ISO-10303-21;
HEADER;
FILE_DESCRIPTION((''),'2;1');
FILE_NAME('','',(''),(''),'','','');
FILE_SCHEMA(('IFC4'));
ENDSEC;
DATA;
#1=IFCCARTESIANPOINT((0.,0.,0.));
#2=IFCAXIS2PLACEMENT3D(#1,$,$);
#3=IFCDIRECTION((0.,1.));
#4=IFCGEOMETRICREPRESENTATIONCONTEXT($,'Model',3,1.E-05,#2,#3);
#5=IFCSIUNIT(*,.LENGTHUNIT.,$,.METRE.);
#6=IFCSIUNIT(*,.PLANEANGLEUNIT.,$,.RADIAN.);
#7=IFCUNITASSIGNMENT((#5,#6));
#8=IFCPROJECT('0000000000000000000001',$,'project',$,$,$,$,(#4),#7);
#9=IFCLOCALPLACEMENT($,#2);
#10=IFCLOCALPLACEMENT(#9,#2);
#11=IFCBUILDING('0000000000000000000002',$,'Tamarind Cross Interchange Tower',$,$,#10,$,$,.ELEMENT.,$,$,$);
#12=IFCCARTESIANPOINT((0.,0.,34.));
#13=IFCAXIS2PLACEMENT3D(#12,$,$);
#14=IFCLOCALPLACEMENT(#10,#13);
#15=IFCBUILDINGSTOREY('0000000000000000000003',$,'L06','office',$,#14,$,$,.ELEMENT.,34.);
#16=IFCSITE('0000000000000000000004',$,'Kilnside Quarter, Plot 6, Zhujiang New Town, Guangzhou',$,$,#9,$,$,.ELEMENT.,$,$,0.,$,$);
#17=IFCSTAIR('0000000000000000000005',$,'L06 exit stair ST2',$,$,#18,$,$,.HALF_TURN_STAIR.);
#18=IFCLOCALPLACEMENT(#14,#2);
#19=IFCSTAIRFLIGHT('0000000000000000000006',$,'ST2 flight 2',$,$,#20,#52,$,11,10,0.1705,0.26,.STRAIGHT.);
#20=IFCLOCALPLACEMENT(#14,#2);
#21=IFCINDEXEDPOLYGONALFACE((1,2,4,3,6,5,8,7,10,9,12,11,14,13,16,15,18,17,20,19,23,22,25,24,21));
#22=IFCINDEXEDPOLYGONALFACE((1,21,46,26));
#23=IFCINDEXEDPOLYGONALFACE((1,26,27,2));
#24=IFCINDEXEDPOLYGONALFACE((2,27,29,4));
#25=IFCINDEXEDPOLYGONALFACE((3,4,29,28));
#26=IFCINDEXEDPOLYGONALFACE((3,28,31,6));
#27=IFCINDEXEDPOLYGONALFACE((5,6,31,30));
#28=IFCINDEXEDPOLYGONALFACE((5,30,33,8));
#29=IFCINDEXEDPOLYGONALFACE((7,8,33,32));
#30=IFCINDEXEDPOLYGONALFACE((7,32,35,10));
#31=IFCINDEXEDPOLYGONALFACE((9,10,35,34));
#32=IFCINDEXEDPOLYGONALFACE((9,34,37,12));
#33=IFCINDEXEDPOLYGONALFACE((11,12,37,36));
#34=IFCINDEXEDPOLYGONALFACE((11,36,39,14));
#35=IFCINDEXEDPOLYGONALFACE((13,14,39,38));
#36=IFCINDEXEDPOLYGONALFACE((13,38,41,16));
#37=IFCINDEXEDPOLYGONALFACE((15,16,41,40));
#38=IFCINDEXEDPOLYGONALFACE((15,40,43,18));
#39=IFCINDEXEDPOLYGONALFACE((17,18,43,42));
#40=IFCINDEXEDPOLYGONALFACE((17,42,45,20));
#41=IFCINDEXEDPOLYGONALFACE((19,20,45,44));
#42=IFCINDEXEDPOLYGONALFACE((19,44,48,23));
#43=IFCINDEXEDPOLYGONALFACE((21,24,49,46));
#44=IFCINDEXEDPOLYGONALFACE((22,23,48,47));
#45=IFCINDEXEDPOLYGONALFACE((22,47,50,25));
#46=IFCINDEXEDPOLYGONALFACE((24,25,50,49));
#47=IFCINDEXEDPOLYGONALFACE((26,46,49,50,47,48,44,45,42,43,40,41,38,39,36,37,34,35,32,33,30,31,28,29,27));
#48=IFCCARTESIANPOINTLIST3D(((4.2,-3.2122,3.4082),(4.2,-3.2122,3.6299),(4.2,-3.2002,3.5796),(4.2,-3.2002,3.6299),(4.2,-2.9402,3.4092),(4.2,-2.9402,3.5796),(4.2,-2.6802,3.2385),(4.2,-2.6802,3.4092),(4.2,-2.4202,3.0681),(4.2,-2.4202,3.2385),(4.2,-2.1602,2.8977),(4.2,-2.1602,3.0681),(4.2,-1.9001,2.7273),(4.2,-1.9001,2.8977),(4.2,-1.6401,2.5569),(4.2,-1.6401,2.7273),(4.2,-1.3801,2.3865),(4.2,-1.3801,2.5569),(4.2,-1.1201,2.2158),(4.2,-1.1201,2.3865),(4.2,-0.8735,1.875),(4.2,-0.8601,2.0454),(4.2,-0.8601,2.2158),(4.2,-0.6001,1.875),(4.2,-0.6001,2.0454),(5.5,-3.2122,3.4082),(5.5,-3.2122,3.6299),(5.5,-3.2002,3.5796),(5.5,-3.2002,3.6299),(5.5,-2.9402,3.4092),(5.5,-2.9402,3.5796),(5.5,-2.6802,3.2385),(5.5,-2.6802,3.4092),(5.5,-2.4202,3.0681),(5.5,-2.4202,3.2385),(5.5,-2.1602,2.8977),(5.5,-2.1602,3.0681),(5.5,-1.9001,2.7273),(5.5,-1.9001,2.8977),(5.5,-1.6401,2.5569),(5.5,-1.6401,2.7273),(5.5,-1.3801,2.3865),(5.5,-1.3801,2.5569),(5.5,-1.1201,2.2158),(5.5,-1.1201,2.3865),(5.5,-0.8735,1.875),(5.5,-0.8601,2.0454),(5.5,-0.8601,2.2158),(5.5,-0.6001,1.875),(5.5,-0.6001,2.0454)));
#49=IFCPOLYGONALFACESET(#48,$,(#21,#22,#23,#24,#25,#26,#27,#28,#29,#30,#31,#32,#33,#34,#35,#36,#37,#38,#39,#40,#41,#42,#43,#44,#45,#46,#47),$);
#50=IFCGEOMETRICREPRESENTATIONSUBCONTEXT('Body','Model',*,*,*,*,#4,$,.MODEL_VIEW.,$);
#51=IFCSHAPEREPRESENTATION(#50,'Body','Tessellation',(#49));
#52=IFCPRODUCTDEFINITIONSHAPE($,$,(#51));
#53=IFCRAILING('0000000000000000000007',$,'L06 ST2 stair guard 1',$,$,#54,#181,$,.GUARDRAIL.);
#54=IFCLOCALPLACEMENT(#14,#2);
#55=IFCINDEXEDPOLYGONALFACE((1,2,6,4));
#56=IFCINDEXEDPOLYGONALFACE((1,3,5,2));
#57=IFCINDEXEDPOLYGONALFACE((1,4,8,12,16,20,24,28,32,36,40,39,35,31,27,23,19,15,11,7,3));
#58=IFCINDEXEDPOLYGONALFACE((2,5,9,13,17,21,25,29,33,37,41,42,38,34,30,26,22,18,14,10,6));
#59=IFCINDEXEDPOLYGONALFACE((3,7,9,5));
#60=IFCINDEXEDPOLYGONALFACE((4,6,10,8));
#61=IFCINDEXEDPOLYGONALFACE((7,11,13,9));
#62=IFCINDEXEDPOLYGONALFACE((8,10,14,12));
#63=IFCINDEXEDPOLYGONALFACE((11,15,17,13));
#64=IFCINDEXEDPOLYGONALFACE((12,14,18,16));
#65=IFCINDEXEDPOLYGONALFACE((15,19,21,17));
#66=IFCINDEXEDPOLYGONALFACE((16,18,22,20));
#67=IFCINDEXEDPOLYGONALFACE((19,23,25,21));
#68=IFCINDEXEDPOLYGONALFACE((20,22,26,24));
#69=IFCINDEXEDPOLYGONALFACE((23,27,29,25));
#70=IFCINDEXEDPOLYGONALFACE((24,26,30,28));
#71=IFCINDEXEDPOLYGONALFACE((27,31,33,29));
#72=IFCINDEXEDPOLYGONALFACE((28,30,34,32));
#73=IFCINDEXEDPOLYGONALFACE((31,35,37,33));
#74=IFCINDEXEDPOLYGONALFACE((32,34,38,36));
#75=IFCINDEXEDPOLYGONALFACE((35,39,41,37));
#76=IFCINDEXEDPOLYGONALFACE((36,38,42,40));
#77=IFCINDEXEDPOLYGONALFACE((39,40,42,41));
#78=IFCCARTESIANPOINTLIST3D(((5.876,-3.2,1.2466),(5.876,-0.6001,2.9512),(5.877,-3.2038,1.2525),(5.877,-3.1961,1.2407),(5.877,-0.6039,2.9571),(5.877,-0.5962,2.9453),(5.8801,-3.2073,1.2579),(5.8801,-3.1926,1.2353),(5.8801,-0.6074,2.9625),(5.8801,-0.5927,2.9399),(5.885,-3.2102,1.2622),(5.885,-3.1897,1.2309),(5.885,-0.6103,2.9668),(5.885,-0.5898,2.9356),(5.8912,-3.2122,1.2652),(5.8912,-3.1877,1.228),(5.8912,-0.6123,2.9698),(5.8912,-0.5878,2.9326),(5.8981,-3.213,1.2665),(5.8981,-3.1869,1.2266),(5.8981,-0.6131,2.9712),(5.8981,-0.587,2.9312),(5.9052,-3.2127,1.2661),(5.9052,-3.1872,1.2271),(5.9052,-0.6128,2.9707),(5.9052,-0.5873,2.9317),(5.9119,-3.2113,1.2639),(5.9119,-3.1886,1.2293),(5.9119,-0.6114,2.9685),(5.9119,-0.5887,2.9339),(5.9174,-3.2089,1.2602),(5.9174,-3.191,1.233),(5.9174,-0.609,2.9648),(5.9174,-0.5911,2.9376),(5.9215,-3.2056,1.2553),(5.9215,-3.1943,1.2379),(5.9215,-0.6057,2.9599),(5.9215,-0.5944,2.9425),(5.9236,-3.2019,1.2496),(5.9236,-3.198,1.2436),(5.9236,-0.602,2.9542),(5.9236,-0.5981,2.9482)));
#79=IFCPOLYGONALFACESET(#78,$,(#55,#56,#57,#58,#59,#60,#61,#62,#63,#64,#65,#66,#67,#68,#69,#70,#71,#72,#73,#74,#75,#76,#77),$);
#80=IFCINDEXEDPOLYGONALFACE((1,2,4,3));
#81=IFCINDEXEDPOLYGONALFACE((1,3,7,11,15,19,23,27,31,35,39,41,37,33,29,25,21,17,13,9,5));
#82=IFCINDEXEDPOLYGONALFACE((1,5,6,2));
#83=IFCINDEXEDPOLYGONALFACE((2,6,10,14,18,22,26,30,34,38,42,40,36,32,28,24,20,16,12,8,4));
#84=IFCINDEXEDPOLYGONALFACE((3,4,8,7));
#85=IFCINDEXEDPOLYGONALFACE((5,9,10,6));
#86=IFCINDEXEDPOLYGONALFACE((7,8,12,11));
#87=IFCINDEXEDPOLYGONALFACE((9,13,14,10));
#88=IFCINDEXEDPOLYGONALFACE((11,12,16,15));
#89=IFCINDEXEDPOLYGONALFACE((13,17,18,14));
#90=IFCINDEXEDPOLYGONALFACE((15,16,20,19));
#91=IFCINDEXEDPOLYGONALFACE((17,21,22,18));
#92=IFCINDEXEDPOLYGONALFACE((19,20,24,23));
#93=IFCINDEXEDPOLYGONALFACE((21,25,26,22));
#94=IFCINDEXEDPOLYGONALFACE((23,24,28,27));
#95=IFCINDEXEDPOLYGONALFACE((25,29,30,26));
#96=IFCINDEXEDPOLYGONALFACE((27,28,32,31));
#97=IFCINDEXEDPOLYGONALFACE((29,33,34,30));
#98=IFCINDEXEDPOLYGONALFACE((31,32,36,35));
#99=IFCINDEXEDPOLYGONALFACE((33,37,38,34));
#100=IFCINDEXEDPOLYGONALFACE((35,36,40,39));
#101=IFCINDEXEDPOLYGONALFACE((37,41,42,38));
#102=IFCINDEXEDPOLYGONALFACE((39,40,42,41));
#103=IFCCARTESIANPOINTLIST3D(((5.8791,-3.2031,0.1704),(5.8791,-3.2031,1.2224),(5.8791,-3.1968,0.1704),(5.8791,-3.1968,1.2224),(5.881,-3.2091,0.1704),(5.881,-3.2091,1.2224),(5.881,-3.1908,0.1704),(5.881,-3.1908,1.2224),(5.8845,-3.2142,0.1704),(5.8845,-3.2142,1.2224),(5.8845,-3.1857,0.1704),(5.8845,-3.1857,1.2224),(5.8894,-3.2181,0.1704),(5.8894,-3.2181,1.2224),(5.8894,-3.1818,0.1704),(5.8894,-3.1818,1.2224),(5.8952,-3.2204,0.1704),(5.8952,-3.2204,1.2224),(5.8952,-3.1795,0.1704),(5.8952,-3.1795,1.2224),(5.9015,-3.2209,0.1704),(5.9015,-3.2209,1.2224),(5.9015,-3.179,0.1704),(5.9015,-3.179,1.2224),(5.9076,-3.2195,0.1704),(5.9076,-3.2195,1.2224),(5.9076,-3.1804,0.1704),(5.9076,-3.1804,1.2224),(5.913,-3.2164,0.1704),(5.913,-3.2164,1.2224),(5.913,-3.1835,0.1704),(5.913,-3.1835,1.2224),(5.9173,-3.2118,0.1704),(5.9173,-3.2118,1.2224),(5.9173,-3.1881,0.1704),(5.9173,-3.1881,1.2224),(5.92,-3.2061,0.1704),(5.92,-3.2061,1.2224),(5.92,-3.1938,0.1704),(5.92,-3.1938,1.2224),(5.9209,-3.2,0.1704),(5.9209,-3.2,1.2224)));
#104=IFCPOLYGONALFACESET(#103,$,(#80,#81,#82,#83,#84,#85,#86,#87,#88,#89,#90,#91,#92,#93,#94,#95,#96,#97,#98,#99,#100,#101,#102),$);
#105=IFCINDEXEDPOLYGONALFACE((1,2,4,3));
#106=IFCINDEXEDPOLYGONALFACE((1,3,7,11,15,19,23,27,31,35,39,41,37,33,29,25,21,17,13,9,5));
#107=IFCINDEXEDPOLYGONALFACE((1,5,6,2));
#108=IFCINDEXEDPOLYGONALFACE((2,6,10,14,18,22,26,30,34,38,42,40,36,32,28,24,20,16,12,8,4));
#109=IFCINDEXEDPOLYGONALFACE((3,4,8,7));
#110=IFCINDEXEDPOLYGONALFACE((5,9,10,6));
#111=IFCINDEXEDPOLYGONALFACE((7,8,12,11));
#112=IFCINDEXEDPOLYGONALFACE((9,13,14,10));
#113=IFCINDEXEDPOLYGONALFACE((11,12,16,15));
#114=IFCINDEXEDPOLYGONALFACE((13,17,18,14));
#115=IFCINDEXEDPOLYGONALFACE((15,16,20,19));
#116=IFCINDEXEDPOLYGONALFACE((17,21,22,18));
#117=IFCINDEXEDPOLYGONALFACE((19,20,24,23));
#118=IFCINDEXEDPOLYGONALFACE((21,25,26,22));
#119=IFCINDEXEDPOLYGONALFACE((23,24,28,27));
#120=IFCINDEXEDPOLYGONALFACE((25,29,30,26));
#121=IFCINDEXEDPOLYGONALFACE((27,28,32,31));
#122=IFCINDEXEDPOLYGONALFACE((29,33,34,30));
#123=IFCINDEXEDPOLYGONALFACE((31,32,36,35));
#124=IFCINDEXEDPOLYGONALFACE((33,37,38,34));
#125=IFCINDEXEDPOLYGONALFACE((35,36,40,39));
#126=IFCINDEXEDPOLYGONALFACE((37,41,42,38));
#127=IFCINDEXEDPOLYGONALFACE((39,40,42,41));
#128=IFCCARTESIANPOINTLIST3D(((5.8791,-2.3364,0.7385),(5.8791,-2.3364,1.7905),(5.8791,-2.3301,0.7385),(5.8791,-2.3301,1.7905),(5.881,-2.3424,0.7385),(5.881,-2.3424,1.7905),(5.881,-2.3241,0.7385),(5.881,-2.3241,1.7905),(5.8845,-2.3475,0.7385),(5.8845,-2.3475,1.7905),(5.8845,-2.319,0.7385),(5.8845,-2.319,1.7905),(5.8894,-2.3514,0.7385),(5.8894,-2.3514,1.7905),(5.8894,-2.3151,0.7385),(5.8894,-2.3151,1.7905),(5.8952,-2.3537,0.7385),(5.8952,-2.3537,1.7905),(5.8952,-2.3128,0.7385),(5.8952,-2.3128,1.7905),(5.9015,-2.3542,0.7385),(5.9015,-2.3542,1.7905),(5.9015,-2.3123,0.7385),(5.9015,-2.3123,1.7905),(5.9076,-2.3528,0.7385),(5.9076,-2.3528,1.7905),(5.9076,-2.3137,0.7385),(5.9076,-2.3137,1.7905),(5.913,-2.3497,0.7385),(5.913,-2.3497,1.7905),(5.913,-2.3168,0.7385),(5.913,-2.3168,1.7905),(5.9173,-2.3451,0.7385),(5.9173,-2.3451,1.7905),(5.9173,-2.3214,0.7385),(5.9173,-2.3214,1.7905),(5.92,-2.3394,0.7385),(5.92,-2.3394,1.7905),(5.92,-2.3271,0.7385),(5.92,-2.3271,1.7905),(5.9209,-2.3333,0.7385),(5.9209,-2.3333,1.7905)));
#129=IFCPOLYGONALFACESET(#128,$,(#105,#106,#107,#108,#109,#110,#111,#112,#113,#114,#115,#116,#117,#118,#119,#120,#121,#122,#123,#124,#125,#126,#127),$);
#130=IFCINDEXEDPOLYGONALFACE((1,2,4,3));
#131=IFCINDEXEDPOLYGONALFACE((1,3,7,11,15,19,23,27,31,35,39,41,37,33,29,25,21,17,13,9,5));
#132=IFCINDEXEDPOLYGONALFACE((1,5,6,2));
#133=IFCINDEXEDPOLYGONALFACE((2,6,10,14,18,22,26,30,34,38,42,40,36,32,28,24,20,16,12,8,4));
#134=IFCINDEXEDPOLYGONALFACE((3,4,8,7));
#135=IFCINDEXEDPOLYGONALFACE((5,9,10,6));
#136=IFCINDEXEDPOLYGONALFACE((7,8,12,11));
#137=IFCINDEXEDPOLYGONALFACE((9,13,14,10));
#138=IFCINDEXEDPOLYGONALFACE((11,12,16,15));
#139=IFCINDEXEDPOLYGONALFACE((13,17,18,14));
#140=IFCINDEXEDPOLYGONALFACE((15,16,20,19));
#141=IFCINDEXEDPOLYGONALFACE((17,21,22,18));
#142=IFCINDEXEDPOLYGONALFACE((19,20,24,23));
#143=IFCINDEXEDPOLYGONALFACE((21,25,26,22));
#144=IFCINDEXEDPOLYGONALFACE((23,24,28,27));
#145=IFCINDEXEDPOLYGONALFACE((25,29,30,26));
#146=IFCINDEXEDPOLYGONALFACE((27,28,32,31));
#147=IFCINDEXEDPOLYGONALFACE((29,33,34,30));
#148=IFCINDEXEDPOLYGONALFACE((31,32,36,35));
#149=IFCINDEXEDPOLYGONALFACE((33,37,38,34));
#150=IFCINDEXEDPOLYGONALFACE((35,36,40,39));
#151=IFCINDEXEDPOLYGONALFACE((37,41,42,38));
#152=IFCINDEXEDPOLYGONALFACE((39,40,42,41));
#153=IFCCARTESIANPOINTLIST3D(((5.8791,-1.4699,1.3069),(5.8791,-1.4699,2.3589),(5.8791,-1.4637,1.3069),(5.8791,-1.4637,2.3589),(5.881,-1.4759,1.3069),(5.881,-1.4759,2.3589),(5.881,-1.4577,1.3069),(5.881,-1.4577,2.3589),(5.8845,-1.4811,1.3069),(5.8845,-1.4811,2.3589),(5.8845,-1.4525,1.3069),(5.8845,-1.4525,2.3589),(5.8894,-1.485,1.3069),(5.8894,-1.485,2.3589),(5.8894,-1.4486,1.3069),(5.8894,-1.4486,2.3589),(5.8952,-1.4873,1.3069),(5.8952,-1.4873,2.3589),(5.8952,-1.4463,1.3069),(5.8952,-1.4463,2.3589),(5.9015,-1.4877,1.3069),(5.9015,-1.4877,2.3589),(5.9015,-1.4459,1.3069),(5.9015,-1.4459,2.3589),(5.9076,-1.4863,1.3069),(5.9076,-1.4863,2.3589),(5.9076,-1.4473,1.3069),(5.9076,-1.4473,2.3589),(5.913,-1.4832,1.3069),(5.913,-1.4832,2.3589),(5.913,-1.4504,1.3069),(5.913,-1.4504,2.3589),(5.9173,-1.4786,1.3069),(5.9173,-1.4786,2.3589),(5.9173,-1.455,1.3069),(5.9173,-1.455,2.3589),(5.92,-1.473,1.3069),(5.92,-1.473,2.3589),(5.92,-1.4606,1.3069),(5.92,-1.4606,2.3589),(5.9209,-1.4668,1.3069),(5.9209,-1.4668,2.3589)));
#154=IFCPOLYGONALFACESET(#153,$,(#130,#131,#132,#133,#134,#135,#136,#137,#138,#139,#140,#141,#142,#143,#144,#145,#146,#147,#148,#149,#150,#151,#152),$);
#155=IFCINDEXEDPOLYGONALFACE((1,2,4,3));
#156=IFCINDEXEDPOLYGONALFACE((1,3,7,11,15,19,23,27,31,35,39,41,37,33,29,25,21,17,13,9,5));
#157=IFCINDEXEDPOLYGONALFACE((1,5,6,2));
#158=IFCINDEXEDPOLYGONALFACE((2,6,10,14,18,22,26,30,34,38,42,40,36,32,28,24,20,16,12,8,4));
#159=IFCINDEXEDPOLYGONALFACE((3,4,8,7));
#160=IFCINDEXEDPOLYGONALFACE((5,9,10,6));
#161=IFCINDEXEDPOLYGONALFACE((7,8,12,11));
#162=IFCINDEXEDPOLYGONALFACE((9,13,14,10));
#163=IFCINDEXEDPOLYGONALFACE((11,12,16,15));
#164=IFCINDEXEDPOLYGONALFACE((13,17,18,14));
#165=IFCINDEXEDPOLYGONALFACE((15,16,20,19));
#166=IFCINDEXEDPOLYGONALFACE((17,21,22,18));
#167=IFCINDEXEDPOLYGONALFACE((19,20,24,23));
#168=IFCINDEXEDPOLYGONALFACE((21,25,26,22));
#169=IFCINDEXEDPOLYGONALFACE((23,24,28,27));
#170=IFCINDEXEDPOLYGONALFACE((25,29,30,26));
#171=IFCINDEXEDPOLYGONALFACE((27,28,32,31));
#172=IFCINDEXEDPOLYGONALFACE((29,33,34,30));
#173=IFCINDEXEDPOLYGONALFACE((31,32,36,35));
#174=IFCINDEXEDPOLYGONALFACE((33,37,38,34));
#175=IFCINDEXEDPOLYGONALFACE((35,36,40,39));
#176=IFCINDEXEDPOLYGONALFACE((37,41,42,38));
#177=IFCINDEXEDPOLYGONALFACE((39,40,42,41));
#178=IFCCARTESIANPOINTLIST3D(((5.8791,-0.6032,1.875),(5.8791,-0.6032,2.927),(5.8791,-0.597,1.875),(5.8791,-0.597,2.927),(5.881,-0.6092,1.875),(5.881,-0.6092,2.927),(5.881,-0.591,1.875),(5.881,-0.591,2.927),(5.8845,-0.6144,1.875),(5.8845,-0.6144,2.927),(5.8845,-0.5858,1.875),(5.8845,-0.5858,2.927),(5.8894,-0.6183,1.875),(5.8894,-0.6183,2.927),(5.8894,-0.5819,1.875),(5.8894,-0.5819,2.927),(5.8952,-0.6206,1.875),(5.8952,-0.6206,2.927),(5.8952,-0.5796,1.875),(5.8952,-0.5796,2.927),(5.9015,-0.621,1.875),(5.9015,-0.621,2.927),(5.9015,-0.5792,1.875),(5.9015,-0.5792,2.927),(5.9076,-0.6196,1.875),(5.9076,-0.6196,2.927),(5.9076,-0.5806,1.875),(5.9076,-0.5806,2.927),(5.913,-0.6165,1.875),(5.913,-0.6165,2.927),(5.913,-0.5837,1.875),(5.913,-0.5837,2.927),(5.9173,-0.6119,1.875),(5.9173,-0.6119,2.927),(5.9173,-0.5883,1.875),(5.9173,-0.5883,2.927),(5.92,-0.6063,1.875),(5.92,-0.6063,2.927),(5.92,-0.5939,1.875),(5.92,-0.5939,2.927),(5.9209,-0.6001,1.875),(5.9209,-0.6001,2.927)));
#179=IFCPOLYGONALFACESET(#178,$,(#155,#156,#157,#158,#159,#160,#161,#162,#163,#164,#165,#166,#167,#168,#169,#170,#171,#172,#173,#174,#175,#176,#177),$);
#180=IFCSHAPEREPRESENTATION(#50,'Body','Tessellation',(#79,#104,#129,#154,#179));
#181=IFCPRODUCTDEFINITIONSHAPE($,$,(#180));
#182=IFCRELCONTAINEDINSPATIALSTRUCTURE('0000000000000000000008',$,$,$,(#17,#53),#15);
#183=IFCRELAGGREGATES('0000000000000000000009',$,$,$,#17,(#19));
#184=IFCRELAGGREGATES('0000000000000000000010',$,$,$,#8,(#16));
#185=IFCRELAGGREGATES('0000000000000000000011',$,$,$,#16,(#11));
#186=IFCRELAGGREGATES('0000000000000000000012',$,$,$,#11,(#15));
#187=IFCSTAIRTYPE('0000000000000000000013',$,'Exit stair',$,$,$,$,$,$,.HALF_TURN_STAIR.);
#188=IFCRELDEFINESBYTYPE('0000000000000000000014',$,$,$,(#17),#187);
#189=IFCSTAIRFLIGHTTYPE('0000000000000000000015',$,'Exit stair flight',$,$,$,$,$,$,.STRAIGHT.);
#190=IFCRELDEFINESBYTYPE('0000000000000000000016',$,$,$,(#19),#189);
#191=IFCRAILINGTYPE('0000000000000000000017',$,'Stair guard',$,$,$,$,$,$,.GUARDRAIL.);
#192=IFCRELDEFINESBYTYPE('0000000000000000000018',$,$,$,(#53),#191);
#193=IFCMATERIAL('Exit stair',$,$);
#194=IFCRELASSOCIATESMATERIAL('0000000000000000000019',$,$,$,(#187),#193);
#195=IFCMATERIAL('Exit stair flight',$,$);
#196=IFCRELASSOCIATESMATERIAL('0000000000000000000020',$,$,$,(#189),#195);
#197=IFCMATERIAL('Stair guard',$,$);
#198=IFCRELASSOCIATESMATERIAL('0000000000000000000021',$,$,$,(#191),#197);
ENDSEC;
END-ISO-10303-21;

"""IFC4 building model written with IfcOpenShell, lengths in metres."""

from ifc_helpers import new_model, si_unit, direction, frame, origin, origin_2d, place, context, subcontext, project, spatial, polyline, circle, outline, extrude, material, type_object, element, aggregate, save


model = new_model("IFC4")

# Units and contexts
model_context = context("Model", 3, precision=1e-05, world=origin(), true_north=direction((0.0, 1.0)))
body_context = subcontext(model_context, "Body", "Model", "MODEL_VIEW")
ifc_project = project(units=[si_unit("LENGTHUNIT", "METRE"), si_unit("PLANEANGLEUNIT", "RADIAN")], contexts=[model_context])

# Site, building, storey
site_placement = place(None, origin())
site = spatial("IfcSite", under=ifc_project, at=site_placement, Name="Kilnside Quarter, Plot 6, Zhujiang New Town, Guangzhou", CompositionType="ELEMENT", RefElevation=0.0)
building_placement = place(site_placement, origin())
building = spatial("IfcBuilding", under=site, at=building_placement, Name="Tamarind Cross Interchange Tower", CompositionType="ELEMENT")
storey_placement = place(building_placement, frame((0.0, 0.0, 34.0)))
storey = spatial("IfcBuildingStorey", under=building, at=storey_placement, Name="L06", Description="office", CompositionType="ELEMENT", Elevation=34.0)

# Stair, stair flight
ifc_material_1 = material(Name="Exit stair")
stair_type = type_object("IfcStairType", Name="Exit stair", PredefinedType="HALF_TURN_STAIR", material=ifc_material_1)
stair_placement = place(storey_placement, origin())
stair = element("IfcStair", 1, at=stair_placement, inside=storey, type_object=stair_type, Name="L06 exit stair ST2", PredefinedType="HALF_TURN_STAIR")
ifc_material_2 = material(Name="Exit stair flight")
stair_flight_type = type_object("IfcStairFlightType", Name="Exit stair flight", PredefinedType="STRAIGHT", material=ifc_material_2)
stair_flight_1_placement = place(storey_placement, frame((4.8501, -0.6001, 1.875), z_axis=(0.0, 0.0, 1.0), x_axis=(0.0, -1.0, 0.0)))
stair_flight_1 = element("IfcStairFlight", 2, at=stair_flight_1_placement, type_object=stair_flight_type, Name="ST2 flight 2", NumberOfRisers=11, NumberOfTreads=10, PredefinedType="STRAIGHT", RiserHeight=0.1705, TreadLength=0.26, context=body_context, shape_type="SweptSolid", body=[
    extrude(outline(polyline([(0.0, 0.0), (0.0, 0.1704), (0.26, 0.1704), (0.26, 0.3408), (0.52, 0.3408), (0.52, 0.5115), (0.78, 0.5115), (0.78, 0.6819), (1.04, 0.6819), (1.04, 0.8523), (1.3, 0.8523), (1.3, 1.0227), (1.5601, 1.0227), (1.5601, 1.1931), (1.8201, 1.1931), (1.8201, 1.3635), (2.0801, 1.3635), (2.0801, 1.5342), (2.3401, 1.5342), (2.3401, 1.7046), (2.6001, 1.7046), (2.6001, 1.7549), (2.6121, 1.7549), (2.6121, 1.5332), (0.2734, 0.0), (0.0, 0.0)])), frame((0.0, 0.6499, 0.0), z_axis=(0.0, -1.0, 0.0), x_axis=(1.0, 0.0, 0.0)), (0.0, 0.0, 1.0), 1.3),
])
aggregate(stair, [stair_flight_1])

# Railing
ifc_material_3 = material(Name="Stair guard")
railing_type_1 = type_object("IfcRailingType", Name="Stair guard", PredefinedType="GUARDRAIL", material=ifc_material_3)
railing_1_placement = place(storey_placement, frame((5.8999, -3.2, 0.1704)))
element("IfcRailing", 3, at=railing_1_placement, inside=storey, type_object=railing_type_1, Name="L06 ST2 stair guard 1", PredefinedType="GUARDRAIL", context=body_context, shape_type="SweptSolid", body=[
    extrude(circle(Radius=0.0239, at=origin_2d()), frame((0.0, 0.0, 1.0762), z_axis=(0.0, 0.836279, 0.548305), x_axis=(-1.0, 0.0, 0.0)), (0.0, 0.0, 1.0), 3.1089),
    extrude(circle(Radius=0.021, at=origin_2d()), origin(), (0.0, 0.0, 1.0), 1.052),
    extrude(circle(Radius=0.021, at=origin_2d()), frame((0.0, 0.8667, 0.5681)), (0.0, 0.0, 1.0), 1.052),
    extrude(circle(Radius=0.021, at=origin_2d()), frame((0.0, 1.7332, 1.1365)), (0.0, 0.0, 1.0), 1.052),
    extrude(circle(Radius=0.021, at=origin_2d()), frame((0.0, 2.5999, 1.7046)), (0.0, 0.0, 1.0), 1.052),
])

save(model, "model.ifc")
